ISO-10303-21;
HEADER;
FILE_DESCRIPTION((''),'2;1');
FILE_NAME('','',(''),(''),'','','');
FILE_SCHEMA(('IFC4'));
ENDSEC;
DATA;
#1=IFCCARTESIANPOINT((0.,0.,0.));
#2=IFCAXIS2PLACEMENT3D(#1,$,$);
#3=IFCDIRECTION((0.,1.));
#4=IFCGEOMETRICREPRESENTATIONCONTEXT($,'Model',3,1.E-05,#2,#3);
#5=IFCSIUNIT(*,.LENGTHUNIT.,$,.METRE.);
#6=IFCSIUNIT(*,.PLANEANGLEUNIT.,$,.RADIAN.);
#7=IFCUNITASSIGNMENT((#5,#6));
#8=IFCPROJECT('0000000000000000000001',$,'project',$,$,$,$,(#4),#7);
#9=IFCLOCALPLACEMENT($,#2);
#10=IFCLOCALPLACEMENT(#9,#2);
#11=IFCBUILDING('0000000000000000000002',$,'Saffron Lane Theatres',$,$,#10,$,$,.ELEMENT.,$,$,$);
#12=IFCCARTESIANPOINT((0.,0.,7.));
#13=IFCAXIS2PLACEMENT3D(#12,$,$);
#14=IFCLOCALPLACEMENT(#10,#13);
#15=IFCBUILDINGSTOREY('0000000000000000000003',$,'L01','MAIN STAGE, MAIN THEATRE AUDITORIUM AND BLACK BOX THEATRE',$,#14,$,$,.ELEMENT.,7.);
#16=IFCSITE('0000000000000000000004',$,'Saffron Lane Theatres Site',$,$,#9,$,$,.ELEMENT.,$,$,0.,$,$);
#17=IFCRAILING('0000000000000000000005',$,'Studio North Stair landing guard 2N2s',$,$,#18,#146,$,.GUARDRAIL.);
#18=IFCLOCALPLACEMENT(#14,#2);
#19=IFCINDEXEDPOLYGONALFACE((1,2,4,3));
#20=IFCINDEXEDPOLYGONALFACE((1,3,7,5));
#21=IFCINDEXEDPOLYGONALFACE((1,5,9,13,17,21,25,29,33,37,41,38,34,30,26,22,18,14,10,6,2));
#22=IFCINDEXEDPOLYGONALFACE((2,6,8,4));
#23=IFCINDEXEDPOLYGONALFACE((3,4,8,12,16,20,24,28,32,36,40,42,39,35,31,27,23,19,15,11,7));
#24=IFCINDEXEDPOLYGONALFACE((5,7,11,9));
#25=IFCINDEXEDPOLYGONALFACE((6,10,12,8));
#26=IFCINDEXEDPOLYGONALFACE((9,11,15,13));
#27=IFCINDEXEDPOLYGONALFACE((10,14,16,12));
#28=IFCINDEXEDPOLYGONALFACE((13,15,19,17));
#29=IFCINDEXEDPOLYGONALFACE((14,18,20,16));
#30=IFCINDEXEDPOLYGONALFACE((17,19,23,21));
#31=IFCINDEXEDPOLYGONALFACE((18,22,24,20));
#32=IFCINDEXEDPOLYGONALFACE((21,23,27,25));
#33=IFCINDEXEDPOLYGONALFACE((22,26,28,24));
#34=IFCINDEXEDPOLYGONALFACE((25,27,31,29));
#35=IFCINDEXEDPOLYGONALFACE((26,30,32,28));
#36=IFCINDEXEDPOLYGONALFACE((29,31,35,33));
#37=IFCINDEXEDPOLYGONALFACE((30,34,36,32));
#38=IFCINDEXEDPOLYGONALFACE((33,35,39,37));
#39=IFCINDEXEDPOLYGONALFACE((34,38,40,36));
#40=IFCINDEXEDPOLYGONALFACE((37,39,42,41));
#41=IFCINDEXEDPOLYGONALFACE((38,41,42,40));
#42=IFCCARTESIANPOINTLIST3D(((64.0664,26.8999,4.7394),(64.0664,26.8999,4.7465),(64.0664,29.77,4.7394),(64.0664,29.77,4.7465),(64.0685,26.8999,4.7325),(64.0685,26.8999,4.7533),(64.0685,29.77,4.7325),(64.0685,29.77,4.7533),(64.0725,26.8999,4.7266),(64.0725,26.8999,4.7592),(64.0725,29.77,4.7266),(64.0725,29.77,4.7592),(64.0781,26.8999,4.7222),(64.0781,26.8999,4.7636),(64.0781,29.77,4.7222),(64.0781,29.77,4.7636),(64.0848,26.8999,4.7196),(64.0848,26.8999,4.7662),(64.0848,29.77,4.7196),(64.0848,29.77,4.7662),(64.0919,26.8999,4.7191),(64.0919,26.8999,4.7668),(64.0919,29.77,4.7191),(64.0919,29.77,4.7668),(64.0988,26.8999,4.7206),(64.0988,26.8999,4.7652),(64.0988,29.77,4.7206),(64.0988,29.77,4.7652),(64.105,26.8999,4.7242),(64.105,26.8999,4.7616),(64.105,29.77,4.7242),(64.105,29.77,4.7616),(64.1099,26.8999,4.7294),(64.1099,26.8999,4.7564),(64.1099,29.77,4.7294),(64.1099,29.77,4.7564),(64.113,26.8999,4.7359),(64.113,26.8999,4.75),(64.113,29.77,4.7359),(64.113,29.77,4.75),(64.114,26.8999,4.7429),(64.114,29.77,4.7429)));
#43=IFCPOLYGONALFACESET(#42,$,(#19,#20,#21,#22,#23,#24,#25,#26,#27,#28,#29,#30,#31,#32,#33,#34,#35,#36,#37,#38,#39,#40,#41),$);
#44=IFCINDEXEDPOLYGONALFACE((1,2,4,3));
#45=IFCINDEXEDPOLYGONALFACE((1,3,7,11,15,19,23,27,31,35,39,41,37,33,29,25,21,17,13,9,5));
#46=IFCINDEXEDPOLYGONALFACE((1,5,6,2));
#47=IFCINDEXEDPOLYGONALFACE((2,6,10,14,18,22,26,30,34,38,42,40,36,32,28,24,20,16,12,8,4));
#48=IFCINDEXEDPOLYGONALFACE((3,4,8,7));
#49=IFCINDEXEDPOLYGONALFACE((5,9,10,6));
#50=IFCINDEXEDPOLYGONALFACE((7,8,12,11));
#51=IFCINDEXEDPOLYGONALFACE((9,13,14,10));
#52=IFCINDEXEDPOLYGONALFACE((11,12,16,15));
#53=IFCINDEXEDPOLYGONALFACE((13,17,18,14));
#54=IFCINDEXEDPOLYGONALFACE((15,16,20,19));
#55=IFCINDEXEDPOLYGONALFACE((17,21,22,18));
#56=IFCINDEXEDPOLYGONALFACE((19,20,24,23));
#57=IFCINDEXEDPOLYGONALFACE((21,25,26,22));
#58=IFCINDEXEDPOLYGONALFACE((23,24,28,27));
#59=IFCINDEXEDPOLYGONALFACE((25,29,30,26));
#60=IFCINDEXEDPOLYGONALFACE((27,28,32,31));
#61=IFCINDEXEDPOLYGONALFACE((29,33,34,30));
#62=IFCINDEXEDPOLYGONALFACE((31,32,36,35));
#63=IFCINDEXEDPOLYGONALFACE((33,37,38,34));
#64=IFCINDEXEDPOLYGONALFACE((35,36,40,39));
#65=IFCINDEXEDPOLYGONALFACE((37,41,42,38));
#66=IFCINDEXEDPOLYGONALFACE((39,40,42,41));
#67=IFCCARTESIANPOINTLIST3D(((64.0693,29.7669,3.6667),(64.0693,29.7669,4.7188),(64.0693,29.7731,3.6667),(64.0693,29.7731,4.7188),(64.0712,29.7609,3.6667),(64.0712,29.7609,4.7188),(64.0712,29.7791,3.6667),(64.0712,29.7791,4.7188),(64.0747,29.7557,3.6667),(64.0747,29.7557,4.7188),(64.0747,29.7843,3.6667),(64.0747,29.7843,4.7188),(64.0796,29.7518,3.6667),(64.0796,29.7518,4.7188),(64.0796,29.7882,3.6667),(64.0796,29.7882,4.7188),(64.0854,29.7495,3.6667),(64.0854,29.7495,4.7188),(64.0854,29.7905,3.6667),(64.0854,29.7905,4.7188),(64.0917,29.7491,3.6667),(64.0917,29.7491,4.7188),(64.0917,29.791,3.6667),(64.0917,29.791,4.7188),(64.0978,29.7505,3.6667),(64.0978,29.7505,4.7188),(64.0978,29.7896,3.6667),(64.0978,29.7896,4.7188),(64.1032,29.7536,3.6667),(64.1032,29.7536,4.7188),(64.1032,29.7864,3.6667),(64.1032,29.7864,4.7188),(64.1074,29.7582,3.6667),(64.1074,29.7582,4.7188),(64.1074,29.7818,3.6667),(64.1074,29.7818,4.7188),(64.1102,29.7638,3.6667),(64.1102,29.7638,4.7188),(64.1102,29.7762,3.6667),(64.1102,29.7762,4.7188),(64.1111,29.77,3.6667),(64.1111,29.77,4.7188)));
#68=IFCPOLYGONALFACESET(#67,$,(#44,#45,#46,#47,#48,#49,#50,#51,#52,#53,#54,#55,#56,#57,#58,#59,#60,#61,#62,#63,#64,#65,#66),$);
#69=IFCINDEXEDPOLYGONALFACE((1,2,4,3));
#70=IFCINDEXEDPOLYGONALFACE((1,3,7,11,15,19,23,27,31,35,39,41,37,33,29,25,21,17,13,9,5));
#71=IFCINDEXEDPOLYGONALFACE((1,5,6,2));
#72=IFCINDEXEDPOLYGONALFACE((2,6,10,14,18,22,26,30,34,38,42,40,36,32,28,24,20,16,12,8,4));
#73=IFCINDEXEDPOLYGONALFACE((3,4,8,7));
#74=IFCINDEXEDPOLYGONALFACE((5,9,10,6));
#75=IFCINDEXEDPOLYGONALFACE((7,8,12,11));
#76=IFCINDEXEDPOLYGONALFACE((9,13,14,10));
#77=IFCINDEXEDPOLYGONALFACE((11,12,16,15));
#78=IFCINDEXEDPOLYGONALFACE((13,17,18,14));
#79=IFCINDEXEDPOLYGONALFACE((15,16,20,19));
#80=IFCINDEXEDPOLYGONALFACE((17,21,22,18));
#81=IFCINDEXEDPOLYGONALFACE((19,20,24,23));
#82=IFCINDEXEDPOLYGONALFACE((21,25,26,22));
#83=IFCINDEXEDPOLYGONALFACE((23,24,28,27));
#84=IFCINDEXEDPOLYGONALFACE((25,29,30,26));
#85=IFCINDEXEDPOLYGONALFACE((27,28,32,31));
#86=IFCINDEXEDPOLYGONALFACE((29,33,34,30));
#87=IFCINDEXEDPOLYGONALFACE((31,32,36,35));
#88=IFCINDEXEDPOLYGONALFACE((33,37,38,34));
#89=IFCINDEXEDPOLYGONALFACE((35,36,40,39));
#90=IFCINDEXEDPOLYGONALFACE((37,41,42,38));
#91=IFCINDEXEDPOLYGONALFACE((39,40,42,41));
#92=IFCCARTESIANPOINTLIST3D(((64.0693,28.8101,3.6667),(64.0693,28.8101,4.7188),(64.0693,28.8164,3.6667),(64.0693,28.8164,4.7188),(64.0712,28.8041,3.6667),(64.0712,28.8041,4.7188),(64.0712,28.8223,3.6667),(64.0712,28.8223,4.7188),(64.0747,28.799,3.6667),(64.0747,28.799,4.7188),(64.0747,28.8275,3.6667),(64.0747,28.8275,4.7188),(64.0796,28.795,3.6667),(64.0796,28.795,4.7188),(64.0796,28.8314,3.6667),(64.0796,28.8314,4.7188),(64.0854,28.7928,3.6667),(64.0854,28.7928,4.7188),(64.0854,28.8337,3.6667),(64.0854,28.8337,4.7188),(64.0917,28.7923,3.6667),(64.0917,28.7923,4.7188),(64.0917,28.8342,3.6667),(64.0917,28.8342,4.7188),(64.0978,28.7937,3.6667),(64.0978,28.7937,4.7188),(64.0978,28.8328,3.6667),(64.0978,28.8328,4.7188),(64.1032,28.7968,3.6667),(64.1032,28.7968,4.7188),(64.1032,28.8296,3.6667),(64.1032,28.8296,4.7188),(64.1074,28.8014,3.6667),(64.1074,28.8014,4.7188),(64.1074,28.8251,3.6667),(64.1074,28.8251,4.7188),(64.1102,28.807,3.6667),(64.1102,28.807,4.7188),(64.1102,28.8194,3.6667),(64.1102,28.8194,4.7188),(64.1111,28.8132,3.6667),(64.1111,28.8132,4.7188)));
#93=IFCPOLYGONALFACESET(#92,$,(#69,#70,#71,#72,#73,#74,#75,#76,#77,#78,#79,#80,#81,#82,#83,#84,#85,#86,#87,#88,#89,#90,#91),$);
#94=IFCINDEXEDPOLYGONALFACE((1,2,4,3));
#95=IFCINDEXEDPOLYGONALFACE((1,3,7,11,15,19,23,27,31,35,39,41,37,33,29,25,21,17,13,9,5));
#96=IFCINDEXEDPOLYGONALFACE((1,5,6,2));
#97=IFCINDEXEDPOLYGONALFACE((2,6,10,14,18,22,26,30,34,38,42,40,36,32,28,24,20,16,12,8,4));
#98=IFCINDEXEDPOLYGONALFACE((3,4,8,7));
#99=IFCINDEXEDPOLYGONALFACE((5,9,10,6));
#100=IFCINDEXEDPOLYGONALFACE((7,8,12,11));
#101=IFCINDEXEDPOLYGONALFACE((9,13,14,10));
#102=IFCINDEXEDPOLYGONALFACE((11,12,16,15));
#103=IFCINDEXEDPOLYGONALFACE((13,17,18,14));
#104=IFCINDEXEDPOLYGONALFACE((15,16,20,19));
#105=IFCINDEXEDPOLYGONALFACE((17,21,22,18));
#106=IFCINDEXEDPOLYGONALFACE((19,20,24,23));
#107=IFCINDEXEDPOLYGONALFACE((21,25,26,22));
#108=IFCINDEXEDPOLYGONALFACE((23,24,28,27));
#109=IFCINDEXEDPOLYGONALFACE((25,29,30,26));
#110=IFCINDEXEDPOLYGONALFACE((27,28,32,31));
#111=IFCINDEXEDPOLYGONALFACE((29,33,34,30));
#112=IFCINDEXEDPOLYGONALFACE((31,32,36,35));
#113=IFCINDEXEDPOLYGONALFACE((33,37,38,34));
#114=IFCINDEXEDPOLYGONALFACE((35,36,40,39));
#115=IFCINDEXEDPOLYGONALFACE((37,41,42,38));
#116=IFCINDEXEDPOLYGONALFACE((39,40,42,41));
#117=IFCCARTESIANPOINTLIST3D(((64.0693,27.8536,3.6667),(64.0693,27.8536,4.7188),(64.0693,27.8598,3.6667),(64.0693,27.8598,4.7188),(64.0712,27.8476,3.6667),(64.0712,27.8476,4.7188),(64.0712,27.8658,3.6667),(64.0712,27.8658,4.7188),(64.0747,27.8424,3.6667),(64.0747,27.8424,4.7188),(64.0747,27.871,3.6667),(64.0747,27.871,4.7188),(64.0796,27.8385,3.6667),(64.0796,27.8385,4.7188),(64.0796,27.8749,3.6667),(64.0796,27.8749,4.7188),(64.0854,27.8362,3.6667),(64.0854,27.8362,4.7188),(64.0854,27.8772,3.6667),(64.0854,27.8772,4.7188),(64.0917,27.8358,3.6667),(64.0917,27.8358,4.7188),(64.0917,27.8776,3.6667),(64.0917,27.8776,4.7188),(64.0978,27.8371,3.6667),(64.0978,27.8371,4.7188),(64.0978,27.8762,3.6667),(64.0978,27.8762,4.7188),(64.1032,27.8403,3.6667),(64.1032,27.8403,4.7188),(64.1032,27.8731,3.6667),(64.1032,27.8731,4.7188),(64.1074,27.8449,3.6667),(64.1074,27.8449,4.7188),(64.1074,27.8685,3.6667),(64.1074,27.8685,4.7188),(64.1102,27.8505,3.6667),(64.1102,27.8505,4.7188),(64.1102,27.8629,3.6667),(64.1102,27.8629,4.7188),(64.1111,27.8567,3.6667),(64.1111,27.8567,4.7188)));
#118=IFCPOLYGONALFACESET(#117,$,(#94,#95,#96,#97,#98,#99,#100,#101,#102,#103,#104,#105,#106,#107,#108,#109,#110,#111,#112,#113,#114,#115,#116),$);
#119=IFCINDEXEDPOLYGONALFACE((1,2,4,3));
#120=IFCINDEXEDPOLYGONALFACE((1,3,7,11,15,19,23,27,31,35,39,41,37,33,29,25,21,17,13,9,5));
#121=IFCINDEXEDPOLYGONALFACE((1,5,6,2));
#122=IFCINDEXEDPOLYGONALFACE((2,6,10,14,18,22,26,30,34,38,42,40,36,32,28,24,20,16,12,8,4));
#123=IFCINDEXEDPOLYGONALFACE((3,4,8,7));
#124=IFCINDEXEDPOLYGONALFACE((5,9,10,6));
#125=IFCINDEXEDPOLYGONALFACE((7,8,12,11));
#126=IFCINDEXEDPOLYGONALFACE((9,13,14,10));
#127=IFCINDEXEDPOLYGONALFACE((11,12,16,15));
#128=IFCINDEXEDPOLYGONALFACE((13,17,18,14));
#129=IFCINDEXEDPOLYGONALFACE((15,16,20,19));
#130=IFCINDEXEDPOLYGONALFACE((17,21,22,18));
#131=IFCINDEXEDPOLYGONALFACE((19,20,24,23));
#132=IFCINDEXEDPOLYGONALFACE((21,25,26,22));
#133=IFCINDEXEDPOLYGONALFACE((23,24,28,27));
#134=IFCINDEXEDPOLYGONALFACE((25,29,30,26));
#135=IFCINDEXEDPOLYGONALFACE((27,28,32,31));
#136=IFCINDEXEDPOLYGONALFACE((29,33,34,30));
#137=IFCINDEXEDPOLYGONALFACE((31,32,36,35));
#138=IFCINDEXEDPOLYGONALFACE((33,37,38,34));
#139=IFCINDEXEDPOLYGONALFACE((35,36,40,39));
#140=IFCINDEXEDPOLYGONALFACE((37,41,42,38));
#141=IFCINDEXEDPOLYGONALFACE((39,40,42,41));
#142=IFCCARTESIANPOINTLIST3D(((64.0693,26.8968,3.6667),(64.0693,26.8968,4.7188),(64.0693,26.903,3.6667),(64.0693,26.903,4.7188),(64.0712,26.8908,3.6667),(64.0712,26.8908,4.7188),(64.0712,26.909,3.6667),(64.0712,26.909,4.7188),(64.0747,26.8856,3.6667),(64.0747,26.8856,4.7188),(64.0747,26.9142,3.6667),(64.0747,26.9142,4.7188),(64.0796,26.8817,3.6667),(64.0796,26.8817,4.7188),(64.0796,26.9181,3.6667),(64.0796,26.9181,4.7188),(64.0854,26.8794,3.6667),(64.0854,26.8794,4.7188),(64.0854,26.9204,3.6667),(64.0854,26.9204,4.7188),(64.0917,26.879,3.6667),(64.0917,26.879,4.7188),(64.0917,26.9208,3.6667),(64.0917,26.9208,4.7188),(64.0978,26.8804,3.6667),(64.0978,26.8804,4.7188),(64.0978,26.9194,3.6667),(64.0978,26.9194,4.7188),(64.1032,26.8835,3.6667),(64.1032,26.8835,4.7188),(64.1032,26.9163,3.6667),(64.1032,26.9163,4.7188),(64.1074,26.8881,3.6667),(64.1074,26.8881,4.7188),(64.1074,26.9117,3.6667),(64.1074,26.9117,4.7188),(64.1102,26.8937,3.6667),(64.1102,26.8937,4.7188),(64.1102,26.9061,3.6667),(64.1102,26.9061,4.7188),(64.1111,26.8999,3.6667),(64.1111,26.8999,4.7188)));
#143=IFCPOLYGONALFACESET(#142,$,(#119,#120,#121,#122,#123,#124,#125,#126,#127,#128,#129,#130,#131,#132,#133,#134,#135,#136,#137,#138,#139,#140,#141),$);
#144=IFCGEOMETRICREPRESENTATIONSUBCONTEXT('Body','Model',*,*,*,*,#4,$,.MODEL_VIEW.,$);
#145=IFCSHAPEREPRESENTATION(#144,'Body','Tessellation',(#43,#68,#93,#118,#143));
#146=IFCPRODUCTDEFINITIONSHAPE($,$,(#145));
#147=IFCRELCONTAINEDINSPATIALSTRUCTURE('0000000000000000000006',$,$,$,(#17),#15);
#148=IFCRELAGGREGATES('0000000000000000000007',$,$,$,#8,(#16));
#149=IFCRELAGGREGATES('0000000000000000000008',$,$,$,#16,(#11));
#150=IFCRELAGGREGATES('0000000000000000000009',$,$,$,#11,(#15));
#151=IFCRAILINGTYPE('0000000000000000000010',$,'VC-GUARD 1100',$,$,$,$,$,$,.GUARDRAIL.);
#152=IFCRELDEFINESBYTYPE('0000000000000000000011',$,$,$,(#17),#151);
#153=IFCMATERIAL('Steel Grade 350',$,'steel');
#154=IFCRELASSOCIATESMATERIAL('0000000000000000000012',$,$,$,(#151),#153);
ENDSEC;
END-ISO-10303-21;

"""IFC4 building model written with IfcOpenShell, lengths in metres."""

from ifc_helpers import new_model, si_unit, direction, frame, origin, origin_2d, place, context, subcontext, project, spatial, circle, extrude, material, type_object, element, save


model = new_model("IFC4")

# Units and contexts
model_context = context("Model", 3, precision=1e-05, world=origin(), true_north=direction((0.0, 1.0)))
body_context = subcontext(model_context, "Body", "Model", "MODEL_VIEW")
ifc_project = project(units=[si_unit("LENGTHUNIT", "METRE"), si_unit("PLANEANGLEUNIT", "RADIAN")], contexts=[model_context])

# Site, building, storey
site_placement = place(None, origin())
site = spatial("IfcSite", under=ifc_project, at=site_placement, Name="Saffron Lane Theatres Site", CompositionType="ELEMENT", RefElevation=0.0)
building_placement = place(site_placement, origin())
building = spatial("IfcBuilding", under=site, at=building_placement, Name="Saffron Lane Theatres", CompositionType="ELEMENT")
storey_placement = place(building_placement, frame((0.0, 0.0, 7.0)))
storey = spatial("IfcBuildingStorey", under=building, at=storey_placement, Name="L01", Description="MAIN STAGE, MAIN THEATRE AUDITORIUM AND BLACK BOX THEATRE", CompositionType="ELEMENT", Elevation=7.0)

# Railing
ifc_material_1 = material(Name="Steel Grade 350", Category="steel")
railing_type_1 = type_object("IfcRailingType", Name="VC-GUARD 1100", PredefinedType="GUARDRAIL", material=ifc_material_1)
railing_1_placement = place(storey_placement, frame((64.0901, 29.77, 3.6667)))
element("IfcRailing", 1, at=railing_1_placement, inside=storey, type_object=railing_type_1, Name="Studio North Stair landing guard 2N2s", PredefinedType="GUARDRAIL", context=body_context, shape_type="SweptSolid", body=[
    extrude(circle(Radius=0.0239, at=origin_2d()), frame((0.0, 0.0, 1.0762), z_axis=(0.0, -1.0, 0.0), x_axis=(1.0, 0.0, 0.0)), (0.0, 0.0, 1.0), 2.8701),
    extrude(circle(Radius=0.021, at=origin_2d()), origin(), (0.0, 0.0, 1.0), 1.052),
    extrude(circle(Radius=0.021, at=origin_2d()), frame((0.0, -0.9568, 0.0)), (0.0, 0.0, 1.0), 1.052),
    extrude(circle(Radius=0.021, at=origin_2d()), frame((0.0, -1.9133, 0.0)), (0.0, 0.0, 1.0), 1.052),
    extrude(circle(Radius=0.021, at=origin_2d()), frame((0.0, -2.8701, 0.0)), (0.0, 0.0, 1.0), 1.052),
])

save(model, "model.ifc")
